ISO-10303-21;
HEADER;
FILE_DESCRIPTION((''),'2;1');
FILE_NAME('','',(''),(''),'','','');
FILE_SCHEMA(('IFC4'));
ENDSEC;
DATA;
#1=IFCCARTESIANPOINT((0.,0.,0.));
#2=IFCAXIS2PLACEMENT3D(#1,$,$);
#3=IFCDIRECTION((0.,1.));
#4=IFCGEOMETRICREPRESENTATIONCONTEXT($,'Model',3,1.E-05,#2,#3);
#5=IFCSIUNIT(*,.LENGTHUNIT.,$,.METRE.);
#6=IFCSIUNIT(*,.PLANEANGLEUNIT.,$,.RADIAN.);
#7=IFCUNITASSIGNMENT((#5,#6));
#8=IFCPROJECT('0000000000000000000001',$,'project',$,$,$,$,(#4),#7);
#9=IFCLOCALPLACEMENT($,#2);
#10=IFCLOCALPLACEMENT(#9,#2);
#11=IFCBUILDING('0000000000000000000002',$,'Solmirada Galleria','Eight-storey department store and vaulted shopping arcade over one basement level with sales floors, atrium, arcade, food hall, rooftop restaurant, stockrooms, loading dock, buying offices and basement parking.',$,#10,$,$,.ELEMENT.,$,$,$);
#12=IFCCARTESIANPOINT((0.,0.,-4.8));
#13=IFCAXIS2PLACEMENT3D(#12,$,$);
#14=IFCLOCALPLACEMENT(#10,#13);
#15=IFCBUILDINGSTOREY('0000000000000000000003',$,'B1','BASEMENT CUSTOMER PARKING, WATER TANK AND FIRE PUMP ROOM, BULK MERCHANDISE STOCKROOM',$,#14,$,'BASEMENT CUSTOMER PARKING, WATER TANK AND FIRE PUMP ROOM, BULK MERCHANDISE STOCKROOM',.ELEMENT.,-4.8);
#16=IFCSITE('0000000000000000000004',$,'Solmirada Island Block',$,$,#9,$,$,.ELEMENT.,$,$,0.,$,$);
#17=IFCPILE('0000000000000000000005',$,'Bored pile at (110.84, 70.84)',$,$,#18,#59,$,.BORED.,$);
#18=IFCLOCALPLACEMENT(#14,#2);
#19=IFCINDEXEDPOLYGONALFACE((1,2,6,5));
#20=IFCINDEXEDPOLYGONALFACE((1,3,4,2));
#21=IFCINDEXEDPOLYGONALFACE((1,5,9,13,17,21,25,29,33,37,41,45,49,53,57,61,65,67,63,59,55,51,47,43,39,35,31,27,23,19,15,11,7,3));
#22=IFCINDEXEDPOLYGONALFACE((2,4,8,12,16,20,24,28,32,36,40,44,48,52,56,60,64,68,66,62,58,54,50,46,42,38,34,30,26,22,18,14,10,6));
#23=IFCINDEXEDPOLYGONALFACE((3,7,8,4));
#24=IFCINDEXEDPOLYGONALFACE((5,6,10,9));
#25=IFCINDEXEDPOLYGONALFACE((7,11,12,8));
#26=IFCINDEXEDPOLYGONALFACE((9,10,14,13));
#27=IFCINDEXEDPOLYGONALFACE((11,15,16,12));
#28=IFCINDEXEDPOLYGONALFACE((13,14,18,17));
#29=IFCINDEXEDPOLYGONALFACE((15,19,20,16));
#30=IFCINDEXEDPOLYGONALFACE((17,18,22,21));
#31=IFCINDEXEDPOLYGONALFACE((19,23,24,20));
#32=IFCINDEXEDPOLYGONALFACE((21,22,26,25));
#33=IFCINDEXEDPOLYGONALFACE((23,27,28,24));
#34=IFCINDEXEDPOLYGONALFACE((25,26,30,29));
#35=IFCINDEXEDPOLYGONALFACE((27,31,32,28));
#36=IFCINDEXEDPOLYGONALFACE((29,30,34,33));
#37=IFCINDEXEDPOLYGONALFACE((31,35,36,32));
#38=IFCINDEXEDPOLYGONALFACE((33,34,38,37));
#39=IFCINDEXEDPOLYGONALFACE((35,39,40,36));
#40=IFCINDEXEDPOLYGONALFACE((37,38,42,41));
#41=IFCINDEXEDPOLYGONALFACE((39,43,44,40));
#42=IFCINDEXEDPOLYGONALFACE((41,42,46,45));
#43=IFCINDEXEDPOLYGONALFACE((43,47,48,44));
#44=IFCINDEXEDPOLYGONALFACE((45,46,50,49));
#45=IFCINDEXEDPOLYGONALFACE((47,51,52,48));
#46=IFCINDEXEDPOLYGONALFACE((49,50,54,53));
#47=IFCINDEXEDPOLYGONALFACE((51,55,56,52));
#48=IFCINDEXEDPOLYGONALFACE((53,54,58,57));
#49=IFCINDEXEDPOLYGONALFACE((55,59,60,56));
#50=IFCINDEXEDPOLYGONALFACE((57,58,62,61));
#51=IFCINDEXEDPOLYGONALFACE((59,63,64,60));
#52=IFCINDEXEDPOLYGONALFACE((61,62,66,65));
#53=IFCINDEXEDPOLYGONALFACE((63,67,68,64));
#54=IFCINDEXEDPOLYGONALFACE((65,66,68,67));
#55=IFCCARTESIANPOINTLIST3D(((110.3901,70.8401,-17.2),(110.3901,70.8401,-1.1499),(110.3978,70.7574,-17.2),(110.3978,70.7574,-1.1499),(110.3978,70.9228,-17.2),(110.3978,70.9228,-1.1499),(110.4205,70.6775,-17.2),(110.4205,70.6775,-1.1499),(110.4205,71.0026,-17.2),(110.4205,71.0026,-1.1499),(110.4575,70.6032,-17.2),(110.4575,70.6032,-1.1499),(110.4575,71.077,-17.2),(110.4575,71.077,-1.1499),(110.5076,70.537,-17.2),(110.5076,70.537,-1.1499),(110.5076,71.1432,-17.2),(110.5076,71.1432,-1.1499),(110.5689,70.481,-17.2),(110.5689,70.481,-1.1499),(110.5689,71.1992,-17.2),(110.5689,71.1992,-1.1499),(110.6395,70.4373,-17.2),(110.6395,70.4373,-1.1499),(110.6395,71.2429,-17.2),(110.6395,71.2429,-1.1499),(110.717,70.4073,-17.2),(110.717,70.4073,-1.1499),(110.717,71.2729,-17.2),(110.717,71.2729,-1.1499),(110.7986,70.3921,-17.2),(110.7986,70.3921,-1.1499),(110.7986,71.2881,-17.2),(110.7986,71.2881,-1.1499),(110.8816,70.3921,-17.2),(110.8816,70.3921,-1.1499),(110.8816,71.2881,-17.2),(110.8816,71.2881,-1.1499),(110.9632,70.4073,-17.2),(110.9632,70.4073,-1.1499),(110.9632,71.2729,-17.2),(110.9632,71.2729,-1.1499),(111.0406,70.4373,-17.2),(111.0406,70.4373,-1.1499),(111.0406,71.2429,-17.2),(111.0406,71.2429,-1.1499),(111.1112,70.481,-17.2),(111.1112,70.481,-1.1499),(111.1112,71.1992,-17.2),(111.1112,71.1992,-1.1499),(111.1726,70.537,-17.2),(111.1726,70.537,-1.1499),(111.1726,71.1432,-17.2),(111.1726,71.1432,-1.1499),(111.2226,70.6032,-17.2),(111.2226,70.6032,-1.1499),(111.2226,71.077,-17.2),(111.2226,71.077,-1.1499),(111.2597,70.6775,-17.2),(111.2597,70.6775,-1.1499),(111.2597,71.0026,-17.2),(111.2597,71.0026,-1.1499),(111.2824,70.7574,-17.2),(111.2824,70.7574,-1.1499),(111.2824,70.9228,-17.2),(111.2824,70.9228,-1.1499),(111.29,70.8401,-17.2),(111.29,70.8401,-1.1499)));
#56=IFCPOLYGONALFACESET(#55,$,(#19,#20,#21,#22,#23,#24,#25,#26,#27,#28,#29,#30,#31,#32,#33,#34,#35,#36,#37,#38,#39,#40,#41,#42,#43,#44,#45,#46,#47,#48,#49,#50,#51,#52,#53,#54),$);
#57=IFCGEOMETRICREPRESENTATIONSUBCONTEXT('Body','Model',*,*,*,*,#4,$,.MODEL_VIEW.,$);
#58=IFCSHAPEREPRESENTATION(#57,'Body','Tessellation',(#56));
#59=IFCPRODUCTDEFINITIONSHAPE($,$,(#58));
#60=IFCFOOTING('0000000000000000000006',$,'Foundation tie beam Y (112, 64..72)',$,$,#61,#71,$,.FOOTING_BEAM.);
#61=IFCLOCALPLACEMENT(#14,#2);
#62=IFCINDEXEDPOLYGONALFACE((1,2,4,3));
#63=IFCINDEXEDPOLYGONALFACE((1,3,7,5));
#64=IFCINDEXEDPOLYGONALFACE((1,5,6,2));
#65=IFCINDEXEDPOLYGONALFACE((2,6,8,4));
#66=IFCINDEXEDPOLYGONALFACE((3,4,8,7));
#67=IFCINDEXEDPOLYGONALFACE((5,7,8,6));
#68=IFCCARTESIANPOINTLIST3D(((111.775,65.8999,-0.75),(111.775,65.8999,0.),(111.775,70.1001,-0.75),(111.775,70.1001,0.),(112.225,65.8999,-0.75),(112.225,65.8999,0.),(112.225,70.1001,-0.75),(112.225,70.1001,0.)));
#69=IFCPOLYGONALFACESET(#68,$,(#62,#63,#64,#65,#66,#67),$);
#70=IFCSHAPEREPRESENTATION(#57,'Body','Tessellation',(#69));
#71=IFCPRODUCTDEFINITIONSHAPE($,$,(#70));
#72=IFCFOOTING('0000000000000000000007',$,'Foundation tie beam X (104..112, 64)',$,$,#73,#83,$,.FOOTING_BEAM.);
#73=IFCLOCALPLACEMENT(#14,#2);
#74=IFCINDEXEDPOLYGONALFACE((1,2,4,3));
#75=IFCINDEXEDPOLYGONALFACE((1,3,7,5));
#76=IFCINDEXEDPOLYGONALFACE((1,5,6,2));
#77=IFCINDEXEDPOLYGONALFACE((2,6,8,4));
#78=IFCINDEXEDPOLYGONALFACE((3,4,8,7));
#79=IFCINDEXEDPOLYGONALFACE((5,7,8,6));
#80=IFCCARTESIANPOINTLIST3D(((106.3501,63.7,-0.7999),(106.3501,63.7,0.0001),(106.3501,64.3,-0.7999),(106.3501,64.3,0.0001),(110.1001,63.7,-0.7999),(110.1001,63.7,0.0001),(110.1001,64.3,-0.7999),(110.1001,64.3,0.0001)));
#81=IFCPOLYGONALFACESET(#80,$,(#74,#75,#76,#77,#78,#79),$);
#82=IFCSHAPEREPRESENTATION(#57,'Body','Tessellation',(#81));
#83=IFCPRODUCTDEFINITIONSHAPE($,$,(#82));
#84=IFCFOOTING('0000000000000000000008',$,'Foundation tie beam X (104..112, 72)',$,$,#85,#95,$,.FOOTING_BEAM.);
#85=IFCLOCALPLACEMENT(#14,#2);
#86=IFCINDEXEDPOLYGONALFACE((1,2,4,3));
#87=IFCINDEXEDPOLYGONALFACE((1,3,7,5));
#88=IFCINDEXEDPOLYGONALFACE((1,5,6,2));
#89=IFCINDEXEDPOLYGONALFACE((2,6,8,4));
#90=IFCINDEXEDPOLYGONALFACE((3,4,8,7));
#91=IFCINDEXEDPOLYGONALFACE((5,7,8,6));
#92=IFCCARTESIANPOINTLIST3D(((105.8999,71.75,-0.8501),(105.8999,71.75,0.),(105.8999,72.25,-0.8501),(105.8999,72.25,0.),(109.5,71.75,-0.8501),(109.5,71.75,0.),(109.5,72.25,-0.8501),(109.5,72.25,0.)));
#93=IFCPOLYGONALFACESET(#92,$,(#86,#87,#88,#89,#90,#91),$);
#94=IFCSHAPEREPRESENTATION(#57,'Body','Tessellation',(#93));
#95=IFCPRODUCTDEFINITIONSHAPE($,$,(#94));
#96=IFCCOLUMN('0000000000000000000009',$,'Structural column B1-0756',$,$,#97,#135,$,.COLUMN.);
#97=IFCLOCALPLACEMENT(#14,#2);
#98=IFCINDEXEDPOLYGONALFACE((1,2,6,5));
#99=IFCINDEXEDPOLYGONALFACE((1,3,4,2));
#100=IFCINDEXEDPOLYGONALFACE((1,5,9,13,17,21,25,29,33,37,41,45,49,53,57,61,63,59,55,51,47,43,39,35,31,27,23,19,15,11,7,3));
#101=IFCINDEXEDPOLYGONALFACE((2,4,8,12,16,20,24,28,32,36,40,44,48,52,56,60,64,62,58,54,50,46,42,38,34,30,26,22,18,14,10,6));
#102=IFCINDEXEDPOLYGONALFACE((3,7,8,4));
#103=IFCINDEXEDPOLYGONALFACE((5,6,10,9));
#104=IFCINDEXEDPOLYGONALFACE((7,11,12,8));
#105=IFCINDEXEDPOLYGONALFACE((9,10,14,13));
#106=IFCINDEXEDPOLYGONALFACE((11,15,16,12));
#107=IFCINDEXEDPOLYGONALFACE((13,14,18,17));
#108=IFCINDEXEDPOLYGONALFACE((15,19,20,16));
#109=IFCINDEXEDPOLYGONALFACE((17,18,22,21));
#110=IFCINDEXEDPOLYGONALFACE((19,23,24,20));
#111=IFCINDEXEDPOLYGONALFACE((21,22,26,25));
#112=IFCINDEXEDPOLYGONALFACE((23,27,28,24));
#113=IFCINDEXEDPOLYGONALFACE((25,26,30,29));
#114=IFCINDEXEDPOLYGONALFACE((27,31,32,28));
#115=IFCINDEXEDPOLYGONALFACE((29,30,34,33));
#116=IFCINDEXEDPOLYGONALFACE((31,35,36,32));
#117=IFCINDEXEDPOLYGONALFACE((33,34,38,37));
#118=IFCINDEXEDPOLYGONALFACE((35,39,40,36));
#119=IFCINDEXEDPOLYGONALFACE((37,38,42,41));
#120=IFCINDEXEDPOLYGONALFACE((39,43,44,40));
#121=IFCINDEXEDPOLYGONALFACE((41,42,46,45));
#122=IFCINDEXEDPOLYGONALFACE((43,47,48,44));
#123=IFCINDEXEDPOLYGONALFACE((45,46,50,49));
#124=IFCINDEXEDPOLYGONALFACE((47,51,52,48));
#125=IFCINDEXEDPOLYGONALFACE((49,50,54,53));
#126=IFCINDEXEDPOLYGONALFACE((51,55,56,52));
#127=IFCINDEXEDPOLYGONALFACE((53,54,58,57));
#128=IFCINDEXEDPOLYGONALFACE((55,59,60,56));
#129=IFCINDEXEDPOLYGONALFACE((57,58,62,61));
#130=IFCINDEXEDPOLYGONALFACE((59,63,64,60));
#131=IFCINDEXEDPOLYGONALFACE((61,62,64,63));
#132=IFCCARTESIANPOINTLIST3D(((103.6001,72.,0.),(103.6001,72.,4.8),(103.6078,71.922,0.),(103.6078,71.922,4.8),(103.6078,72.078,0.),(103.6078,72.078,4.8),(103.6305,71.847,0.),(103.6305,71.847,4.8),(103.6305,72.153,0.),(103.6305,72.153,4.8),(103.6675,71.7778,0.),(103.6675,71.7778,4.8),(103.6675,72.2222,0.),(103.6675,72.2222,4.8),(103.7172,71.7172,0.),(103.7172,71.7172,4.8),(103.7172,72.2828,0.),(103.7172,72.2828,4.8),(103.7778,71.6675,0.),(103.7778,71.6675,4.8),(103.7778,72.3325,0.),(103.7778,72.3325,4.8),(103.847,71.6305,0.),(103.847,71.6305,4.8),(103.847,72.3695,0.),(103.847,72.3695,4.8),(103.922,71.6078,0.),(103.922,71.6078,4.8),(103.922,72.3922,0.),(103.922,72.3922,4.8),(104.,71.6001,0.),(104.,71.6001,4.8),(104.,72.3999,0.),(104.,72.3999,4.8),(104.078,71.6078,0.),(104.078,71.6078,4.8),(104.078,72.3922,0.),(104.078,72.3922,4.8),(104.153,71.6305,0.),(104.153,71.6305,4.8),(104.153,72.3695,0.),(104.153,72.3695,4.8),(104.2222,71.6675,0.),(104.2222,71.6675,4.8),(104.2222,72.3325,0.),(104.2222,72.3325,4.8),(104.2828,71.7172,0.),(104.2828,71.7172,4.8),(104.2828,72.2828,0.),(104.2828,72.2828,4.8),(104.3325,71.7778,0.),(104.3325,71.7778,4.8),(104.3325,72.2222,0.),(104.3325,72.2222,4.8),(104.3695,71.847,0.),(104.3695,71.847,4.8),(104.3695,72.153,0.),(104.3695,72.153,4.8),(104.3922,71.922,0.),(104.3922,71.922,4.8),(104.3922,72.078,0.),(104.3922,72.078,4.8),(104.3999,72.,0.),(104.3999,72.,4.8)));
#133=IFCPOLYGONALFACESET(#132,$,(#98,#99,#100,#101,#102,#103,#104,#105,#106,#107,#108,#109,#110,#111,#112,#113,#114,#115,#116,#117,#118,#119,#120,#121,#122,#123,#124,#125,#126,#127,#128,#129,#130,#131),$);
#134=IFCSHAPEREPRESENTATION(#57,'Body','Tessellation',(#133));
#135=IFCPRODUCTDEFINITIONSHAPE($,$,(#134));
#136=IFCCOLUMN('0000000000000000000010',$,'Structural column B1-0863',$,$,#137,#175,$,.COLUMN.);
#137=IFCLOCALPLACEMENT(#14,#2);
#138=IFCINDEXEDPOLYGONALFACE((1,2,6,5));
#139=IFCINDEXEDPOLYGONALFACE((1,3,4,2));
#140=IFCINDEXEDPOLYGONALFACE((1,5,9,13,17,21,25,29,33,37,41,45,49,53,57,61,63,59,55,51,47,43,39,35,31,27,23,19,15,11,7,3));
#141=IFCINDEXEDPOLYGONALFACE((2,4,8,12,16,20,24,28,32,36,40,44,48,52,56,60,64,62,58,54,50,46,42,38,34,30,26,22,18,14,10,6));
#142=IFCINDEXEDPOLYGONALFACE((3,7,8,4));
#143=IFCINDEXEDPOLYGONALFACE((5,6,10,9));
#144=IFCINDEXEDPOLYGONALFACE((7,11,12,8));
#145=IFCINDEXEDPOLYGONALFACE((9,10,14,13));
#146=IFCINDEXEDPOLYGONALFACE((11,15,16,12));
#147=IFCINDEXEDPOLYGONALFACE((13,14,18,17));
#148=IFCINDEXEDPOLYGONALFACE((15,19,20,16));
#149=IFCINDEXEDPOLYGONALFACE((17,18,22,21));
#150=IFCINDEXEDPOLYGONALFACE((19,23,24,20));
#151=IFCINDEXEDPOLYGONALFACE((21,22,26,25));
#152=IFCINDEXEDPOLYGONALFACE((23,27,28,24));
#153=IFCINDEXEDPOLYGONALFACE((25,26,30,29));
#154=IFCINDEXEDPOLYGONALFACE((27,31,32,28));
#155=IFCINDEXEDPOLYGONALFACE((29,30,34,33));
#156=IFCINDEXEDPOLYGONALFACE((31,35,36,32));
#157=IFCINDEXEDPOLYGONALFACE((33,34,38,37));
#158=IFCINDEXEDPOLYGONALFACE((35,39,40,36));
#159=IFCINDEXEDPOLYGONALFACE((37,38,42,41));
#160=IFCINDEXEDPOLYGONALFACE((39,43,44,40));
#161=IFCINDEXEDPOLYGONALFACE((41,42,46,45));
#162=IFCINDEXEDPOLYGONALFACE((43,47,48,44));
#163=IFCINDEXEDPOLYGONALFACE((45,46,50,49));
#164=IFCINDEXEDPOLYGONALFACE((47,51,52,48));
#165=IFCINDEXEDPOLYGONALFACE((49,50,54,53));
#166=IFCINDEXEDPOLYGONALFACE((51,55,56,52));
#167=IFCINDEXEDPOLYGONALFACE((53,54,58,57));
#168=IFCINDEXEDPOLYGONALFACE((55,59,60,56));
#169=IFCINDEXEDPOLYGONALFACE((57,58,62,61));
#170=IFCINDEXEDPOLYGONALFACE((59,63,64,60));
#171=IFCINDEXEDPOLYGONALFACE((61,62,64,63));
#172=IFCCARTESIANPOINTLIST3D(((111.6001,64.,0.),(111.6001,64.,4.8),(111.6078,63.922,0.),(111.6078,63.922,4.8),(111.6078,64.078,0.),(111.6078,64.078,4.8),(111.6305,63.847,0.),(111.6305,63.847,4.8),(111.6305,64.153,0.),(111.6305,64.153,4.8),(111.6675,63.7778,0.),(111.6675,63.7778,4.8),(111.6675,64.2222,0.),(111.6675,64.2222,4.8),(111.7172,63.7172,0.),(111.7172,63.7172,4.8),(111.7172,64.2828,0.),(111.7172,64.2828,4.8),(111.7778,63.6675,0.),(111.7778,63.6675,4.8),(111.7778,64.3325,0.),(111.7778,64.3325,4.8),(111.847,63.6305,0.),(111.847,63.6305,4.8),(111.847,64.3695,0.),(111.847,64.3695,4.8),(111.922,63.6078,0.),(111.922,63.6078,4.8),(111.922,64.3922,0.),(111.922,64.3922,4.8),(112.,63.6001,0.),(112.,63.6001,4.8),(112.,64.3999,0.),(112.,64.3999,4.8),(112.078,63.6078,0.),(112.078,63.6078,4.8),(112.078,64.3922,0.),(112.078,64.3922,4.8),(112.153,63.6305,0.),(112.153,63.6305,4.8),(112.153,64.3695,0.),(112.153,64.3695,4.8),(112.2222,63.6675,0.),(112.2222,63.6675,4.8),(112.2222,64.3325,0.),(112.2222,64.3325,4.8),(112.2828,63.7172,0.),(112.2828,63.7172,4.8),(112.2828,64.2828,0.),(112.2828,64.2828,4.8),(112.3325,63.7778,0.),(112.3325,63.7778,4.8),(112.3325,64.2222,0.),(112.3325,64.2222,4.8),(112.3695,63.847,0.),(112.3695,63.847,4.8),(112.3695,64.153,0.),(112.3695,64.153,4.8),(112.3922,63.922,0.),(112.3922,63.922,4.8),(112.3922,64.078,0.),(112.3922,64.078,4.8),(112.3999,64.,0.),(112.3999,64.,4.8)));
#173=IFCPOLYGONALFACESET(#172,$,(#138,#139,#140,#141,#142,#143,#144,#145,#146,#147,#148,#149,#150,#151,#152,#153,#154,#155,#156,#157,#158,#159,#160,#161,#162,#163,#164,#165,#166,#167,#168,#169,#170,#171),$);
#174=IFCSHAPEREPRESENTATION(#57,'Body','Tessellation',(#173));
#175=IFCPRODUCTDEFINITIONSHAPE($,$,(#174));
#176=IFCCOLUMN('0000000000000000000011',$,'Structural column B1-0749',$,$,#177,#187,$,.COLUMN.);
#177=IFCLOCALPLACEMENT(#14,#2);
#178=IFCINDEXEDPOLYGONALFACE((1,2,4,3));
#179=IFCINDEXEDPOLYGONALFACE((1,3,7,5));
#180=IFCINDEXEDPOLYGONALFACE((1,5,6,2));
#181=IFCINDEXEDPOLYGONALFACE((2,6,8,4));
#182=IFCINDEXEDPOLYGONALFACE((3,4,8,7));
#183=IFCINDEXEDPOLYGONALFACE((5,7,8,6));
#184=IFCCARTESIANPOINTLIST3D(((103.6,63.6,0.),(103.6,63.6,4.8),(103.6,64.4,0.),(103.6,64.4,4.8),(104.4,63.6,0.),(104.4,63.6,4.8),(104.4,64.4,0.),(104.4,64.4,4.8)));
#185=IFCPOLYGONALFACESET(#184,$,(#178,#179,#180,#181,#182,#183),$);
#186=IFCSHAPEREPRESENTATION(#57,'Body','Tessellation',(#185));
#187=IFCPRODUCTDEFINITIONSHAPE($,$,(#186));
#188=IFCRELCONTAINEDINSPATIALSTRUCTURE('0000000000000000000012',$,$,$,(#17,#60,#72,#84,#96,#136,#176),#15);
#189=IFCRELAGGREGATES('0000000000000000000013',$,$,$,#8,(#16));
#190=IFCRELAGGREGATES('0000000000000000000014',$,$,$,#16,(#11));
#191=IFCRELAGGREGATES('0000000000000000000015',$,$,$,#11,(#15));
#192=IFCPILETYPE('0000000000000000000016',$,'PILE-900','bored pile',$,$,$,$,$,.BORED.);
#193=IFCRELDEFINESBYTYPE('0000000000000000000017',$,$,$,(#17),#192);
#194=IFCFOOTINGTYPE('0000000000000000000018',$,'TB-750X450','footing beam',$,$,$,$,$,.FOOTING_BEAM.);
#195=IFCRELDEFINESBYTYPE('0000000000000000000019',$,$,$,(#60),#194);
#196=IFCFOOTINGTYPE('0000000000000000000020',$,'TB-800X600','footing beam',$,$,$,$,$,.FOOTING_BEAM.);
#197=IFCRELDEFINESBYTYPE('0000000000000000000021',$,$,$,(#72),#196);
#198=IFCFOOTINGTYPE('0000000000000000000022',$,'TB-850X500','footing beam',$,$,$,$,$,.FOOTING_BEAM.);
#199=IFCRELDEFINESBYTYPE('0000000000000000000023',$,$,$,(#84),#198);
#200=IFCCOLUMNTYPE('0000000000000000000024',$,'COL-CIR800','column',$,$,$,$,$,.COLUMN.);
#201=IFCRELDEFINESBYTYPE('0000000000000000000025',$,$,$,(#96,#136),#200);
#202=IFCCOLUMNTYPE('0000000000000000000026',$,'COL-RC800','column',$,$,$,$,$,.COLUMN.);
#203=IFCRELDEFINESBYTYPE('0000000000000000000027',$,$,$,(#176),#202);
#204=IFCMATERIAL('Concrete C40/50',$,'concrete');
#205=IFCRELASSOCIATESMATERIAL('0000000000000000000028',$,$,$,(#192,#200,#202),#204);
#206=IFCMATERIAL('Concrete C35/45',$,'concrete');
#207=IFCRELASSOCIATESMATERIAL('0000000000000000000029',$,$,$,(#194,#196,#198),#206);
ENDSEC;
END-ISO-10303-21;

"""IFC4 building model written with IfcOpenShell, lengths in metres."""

from ifc_helpers import new_model, si_unit, direction, frame, origin, origin_2d, place, context, subcontext, project, spatial, rectangle, circle, extrude, material, material_profile, profile_set, type_object, element, save


model = new_model("IFC4")

# Units and contexts
model_context = context("Model", 3, precision=1e-05, world=origin(), true_north=direction((0.0, 1.0)))
body_context = subcontext(model_context, "Body", "Model", "MODEL_VIEW")
ifc_project = project(units=[si_unit("LENGTHUNIT", "METRE"), si_unit("PLANEANGLEUNIT", "RADIAN")], contexts=[model_context])

# Site, building, storey
site_placement = place(None, origin())
site = spatial("IfcSite", under=ifc_project, at=site_placement, Name="Solmirada Island Block", CompositionType="ELEMENT", RefElevation=0.0)
building_placement = place(site_placement, origin())
building = spatial("IfcBuilding", under=site, at=building_placement, Name="Solmirada Galleria", Description="Eight-storey department store and vaulted shopping arcade over one basement level with sales floors, atrium, arcade, food hall, rooftop restaurant, stockrooms, loading dock, buying offices and basement parking.", CompositionType="ELEMENT")
storey_placement = place(building_placement, frame((0.0, 0.0, -4.8)))
storey = spatial("IfcBuildingStorey", under=building, at=storey_placement, Name="B1", Description="BASEMENT CUSTOMER PARKING, WATER TANK AND FIRE PUMP ROOM, BULK MERCHANDISE STOCKROOM", LongName="BASEMENT CUSTOMER PARKING, WATER TANK AND FIRE PUMP ROOM, BULK MERCHANDISE STOCKROOM", CompositionType="ELEMENT", Elevation=-4.8)

# Shared definitions
ifc_material_1 = material(Name="Concrete C35/45", Category="concrete")

# Pile
ifc_material_2 = material(Name="Concrete C40/50", Category="concrete")
ifc_material_profile_1 = material_profile(ifc_material_2, circle(Radius=0.45, at=origin_2d()), Name="PILE900")
ifc_profile_set_1 = profile_set([ifc_material_profile_1], Name="Concrete C40/50")
pile_type = type_object("IfcPileType", Name="PILE-900", Description="bored pile", PredefinedType="BORED", material=ifc_profile_set_1)
pile_1_placement = place(storey_placement, frame((110.8401, 70.8401, -1.1499), z_axis=(0.0, 0.0, -1.0), x_axis=(1.0, 0.0, 0.0)))
element("IfcPile", 1, at=pile_1_placement, inside=storey, type_object=pile_type, Name="Bored pile at (110.84, 70.84)", PredefinedType="BORED", context=body_context, shape_type="SweptSolid", body=[
    extrude(circle(Radius=0.45, at=origin_2d()), origin(), (0.0, 0.0, 1.0), 16.05),
])

# Footings
ifc_material_profile_2 = material_profile(ifc_material_1, rectangle(XDim=0.45, YDim=0.75, at=origin_2d()), Name="RC750X450")
ifc_profile_set_2 = profile_set([ifc_material_profile_2], Name="Concrete C35/45")
footing_type_1 = type_object("IfcFootingType", Name="TB-750X450", Description="footing beam", PredefinedType="FOOTING_BEAM", material=ifc_profile_set_2)
footing_1_placement = place(storey_placement, frame((112.0, 65.8999, -0.375), z_axis=(0.0, 1.0, 0.0), x_axis=(-1.0, 0.0, 0.0)))
element("IfcFooting", 2, at=footing_1_placement, inside=storey, type_object=footing_type_1, Name="Foundation tie beam Y (112, 64..72)", PredefinedType="FOOTING_BEAM", context=body_context, shape_type="SweptSolid", body=[
    extrude(rectangle(XDim=0.45, YDim=0.75, at=origin_2d()), origin(), (0.0, 0.0, 1.0), 4.2002),
])
ifc_material_profile_3 = material_profile(ifc_material_1, rectangle(XDim=0.6001, YDim=0.8, at=origin_2d()), Name="RC800X600")
ifc_profile_set_3 = profile_set([ifc_material_profile_3], Name="Concrete C35/45")
footing_type_2 = type_object("IfcFootingType", Name="TB-800X600", Description="footing beam", PredefinedType="FOOTING_BEAM", material=ifc_profile_set_3)
footing_2_placement = place(storey_placement, frame((106.3501, 64.0, -0.3999), z_axis=(1.0, 0.0, 0.0), x_axis=(0.0, 1.0, 0.0)))
element("IfcFooting", 3, at=footing_2_placement, inside=storey, type_object=footing_type_2, Name="Foundation tie beam X (104..112, 64)", PredefinedType="FOOTING_BEAM", context=body_context, shape_type="SweptSolid", body=[
    extrude(rectangle(XDim=0.6001, YDim=0.8, at=origin_2d()), origin(), (0.0, 0.0, 1.0), 3.75),
])
ifc_material_profile_4 = material_profile(ifc_material_1, rectangle(XDim=0.5, YDim=0.8501, at=origin_2d()), Name="RC850X500")
ifc_profile_set_4 = profile_set([ifc_material_profile_4], Name="Concrete C35/45")
footing_type_3 = type_object("IfcFootingType", Name="TB-850X500", Description="footing beam", PredefinedType="FOOTING_BEAM", material=ifc_profile_set_4)
footing_3_placement = place(storey_placement, frame((105.8999, 72.0, -0.425), z_axis=(1.0, 0.0, 0.0), x_axis=(0.0, 1.0, 0.0)))
element("IfcFooting", 4, at=footing_3_placement, inside=storey, type_object=footing_type_3, Name="Foundation tie beam X (104..112, 72)", PredefinedType="FOOTING_BEAM", context=body_context, shape_type="SweptSolid", body=[
    extrude(rectangle(XDim=0.5, YDim=0.8501, at=origin_2d()), origin(), (0.0, 0.0, 1.0), 3.6001),
])

# Columns
ifc_material_profile_5 = material_profile(ifc_material_2, circle(Radius=0.3999, at=origin_2d()), Name="RCCOL800")
ifc_profile_set_5 = profile_set([ifc_material_profile_5], Name="Concrete C40/50")
column_type_1 = type_object("IfcColumnType", Name="COL-CIR800", Description="column", PredefinedType="COLUMN", material=ifc_profile_set_5)
for number, where, z_axis, x_axis, name in (
    (5, (104.0, 72.0, 0.0), (0.0, 0.0, 1.0), (1.0, 0.0, 0.0), "Structural column B1-0756"),
    (6, (112.0, 64.0, 0.0), (0.0, 0.0, 1.0), (1.0, 0.0, 0.0), "Structural column B1-0863"),
):
    element("IfcColumn", number, at=place(storey_placement, frame(where, z_axis=z_axis, x_axis=x_axis)), inside=storey, type_object=column_type_1, Name=name, PredefinedType="COLUMN", context=body_context, shape_type="SweptSolid", body=[
        extrude(circle(Radius=0.3999, at=origin_2d()), origin(), (0.0, 0.0, 1.0), 4.8),
    ])
ifc_material_profile_6 = material_profile(ifc_material_2, rectangle(XDim=0.8, YDim=0.8, at=origin_2d()), Name="RC800X800")
ifc_profile_set_6 = profile_set([ifc_material_profile_6], Name="Concrete C40/50")
column_type_2 = type_object("IfcColumnType", Name="COL-RC800", Description="column", PredefinedType="COLUMN", material=ifc_profile_set_6)
for number, where, z_axis, x_axis, name in (
    (7, (104.0, 64.0, 0.0), (0.0, 0.0, 1.0), (1.0, 0.0, 0.0), "Structural column B1-0749"),
):
    element("IfcColumn", number, at=place(storey_placement, frame(where, z_axis=z_axis, x_axis=x_axis)), inside=storey, type_object=column_type_2, Name=name, PredefinedType="COLUMN", context=body_context, shape_type="SweptSolid", body=[
        extrude(rectangle(XDim=0.8, YDim=0.8, at=origin_2d()), origin(), (0.0, 0.0, 1.0), 4.8),
    ])

save(model, "model.ifc")
